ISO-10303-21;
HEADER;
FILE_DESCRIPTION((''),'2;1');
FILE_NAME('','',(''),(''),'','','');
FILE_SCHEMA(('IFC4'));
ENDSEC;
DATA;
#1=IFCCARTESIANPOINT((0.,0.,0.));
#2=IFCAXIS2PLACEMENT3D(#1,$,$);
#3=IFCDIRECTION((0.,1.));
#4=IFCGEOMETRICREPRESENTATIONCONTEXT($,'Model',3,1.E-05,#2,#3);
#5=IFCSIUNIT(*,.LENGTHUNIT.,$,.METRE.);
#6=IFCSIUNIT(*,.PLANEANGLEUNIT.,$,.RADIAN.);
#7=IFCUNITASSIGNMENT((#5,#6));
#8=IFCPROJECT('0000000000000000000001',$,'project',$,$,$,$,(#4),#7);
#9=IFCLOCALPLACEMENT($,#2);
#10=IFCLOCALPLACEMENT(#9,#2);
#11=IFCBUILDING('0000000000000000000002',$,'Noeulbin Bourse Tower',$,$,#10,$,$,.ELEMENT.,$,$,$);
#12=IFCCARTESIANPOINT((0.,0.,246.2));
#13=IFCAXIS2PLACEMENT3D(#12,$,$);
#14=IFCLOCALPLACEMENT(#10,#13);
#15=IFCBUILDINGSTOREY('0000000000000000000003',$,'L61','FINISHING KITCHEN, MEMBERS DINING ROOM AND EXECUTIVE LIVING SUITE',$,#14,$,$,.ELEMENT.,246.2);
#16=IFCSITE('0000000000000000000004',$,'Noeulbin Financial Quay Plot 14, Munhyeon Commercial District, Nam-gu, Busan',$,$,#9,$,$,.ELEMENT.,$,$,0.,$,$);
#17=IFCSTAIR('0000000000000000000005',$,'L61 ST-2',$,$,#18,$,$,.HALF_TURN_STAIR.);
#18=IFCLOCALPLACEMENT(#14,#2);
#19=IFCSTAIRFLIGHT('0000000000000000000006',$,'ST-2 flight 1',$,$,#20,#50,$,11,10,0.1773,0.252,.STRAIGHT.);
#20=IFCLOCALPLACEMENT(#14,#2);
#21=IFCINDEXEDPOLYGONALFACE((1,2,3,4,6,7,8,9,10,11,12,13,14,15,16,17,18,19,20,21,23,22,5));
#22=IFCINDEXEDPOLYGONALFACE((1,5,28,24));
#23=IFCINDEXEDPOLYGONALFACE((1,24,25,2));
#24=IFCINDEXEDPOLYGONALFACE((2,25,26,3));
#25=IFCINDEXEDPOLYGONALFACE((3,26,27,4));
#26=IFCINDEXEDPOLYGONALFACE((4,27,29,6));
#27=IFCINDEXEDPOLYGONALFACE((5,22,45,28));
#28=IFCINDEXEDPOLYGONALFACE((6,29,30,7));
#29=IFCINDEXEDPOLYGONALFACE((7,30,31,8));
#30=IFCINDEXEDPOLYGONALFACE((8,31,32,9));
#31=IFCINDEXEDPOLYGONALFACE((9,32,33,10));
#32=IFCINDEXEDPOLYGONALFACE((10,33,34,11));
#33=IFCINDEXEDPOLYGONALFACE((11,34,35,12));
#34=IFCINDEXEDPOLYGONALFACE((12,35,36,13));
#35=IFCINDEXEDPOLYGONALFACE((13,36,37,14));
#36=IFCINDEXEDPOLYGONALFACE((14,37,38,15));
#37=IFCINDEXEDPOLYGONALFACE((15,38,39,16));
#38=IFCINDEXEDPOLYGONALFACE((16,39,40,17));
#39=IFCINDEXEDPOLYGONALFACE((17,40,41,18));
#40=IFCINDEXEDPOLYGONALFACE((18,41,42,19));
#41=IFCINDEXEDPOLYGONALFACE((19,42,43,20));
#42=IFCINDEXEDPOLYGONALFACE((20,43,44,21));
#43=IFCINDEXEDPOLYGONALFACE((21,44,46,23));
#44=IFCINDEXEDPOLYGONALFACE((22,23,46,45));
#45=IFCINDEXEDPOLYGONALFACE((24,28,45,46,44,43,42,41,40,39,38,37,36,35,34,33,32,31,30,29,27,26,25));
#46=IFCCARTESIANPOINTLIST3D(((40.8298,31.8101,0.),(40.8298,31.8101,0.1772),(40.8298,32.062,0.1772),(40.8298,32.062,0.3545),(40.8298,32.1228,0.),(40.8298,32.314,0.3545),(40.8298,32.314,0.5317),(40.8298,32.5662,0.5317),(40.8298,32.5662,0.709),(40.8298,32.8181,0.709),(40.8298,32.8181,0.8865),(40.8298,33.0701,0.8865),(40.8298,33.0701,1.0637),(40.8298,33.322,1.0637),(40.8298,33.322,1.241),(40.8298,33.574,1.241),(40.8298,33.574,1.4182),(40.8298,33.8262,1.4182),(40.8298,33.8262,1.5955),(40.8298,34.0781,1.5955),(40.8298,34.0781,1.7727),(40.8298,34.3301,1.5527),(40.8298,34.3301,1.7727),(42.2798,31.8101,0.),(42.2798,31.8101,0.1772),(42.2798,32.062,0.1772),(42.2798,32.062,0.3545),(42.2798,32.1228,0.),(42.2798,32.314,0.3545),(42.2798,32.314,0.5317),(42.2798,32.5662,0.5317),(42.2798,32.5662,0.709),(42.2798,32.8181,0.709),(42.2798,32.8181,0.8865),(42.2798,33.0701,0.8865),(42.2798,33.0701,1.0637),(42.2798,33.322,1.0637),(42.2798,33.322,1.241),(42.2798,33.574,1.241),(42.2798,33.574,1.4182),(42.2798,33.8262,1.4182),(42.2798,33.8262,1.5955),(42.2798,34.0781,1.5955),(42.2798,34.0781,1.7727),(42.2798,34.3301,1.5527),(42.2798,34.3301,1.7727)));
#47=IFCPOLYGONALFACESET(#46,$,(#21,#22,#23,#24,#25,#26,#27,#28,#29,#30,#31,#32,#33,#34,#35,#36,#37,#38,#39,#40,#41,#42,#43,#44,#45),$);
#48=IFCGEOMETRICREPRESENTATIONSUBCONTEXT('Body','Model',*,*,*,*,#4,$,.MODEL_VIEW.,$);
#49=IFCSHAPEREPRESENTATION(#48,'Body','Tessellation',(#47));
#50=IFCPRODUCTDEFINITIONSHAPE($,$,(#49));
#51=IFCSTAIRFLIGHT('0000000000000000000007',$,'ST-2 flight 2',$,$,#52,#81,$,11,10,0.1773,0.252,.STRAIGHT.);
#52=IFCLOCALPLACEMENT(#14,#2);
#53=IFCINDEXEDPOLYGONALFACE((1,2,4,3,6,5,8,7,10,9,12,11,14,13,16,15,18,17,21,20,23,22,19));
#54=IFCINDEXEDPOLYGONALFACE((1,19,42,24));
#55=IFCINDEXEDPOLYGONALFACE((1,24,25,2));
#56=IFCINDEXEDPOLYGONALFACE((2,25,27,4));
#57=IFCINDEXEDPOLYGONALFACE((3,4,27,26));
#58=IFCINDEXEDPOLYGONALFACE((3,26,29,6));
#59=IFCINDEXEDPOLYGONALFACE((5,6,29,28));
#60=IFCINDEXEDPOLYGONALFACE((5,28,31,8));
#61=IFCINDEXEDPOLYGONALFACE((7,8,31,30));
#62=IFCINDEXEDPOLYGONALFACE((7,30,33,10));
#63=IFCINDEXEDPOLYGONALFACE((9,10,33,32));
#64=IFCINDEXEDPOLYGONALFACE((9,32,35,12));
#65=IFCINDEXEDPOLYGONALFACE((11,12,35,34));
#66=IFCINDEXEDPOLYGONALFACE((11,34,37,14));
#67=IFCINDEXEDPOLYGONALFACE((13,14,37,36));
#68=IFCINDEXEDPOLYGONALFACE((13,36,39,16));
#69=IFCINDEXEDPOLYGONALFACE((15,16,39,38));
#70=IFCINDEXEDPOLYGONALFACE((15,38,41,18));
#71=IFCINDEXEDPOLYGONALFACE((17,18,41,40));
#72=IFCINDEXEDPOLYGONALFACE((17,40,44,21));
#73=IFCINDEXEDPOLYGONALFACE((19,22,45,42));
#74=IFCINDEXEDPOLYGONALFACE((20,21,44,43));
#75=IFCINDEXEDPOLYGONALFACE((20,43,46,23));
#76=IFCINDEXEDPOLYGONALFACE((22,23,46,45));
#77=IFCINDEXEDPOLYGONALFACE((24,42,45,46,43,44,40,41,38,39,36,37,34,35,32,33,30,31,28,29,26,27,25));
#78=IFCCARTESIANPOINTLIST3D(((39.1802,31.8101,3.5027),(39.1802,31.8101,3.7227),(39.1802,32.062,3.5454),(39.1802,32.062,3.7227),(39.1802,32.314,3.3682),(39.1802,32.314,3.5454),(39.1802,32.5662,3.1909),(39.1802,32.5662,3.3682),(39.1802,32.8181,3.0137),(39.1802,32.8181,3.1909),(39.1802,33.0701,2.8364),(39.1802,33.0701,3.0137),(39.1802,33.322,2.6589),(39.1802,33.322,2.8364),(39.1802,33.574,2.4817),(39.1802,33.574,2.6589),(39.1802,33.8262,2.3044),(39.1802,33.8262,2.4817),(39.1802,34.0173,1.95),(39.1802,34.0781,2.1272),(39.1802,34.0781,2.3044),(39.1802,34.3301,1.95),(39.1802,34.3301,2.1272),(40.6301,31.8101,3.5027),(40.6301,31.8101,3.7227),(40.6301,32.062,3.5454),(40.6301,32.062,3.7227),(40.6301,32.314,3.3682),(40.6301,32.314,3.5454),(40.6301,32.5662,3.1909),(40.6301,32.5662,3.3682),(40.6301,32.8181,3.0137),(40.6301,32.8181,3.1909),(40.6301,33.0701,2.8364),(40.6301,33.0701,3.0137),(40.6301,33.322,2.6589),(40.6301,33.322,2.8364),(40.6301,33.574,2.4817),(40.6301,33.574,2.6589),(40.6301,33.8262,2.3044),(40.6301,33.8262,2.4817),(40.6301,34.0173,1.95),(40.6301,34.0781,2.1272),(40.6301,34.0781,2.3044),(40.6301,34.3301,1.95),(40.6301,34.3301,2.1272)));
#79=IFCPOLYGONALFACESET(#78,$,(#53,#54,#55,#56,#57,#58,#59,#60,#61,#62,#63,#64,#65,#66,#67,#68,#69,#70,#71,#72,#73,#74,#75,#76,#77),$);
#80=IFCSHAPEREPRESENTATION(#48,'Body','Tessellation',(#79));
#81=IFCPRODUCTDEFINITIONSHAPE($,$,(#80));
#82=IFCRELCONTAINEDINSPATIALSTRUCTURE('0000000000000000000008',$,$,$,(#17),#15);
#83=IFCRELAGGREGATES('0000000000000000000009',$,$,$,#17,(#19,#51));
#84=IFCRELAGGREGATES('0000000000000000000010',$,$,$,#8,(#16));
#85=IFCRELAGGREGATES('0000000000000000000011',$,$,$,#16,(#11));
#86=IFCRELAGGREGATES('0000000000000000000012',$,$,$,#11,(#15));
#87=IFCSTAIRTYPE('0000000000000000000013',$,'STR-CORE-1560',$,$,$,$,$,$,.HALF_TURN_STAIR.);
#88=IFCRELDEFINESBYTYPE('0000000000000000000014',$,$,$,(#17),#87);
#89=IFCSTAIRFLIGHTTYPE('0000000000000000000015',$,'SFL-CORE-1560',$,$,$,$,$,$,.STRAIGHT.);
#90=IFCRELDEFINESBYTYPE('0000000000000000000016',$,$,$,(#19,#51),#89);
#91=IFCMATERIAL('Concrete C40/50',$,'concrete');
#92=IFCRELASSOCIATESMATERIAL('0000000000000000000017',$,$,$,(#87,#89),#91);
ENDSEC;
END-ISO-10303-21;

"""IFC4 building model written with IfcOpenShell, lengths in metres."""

from ifc_helpers import new_model, si_unit, direction, frame, origin, place, context, subcontext, project, spatial, polyline, outline, extrude, material, type_object, element, aggregate, save


model = new_model("IFC4")

# Units and contexts
model_context = context("Model", 3, precision=1e-05, world=origin(), true_north=direction((0.0, 1.0)))
body_context = subcontext(model_context, "Body", "Model", "MODEL_VIEW")
ifc_project = project(units=[si_unit("LENGTHUNIT", "METRE"), si_unit("PLANEANGLEUNIT", "RADIAN")], contexts=[model_context])

# Site, building, storey
site_placement = place(None, origin())
site = spatial("IfcSite", under=ifc_project, at=site_placement, Name="Noeulbin Financial Quay Plot 14, Munhyeon Commercial District, Nam-gu, Busan", CompositionType="ELEMENT", RefElevation=0.0)
building_placement = place(site_placement, origin())
building = spatial("IfcBuilding", under=site, at=building_placement, Name="Noeulbin Bourse Tower", CompositionType="ELEMENT")
storey_placement = place(building_placement, frame((0.0, 0.0, 246.2)))
storey = spatial("IfcBuildingStorey", under=building, at=storey_placement, Name="L61", Description="FINISHING KITCHEN, MEMBERS DINING ROOM AND EXECUTIVE LIVING SUITE", CompositionType="ELEMENT", Elevation=246.2)

# Shared definitions
ifc_material_1 = material(Name="Concrete C40/50", Category="concrete")

# Stair, stair flights
stair_type = type_object("IfcStairType", Name="STR-CORE-1560", PredefinedType="HALF_TURN_STAIR", material=ifc_material_1)
stair_placement = place(storey_placement, origin())
stair = element("IfcStair", 1, at=stair_placement, inside=storey, type_object=stair_type, Name="L61 ST-2", PredefinedType="HALF_TURN_STAIR")
stair_flight_type = type_object("IfcStairFlightType", Name="SFL-CORE-1560", PredefinedType="STRAIGHT", material=ifc_material_1)
stair_flight_1_placement = place(storey_placement, frame((41.5549, 31.8101, 0.0), z_axis=(0.0, 0.0, 1.0), x_axis=(0.0, 1.0, 0.0)))
stair_flight_1 = element("IfcStairFlight", 2, at=stair_flight_1_placement, type_object=stair_flight_type, Name="ST-2 flight 1", NumberOfRisers=11, NumberOfTreads=10, PredefinedType="STRAIGHT", RiserHeight=0.1773, TreadLength=0.252, context=body_context, shape_type="SweptSolid", body=[
    extrude(outline(polyline([(0.0, 0.0), (0.0, 0.1772), (0.252, 0.1772), (0.252, 0.3545), (0.5039, 0.3545), (0.5039, 0.5317), (0.7561, 0.5317), (0.7561, 0.709), (1.0081, 0.709), (1.0081, 0.8865), (1.26, 0.8865), (1.26, 1.0637), (1.512, 1.0637), (1.512, 1.241), (1.7639, 1.241), (1.7639, 1.4182), (2.0161, 1.4182), (2.0161, 1.5955), (2.2681, 1.5955), (2.2681, 1.7727), (2.52, 1.7727), (2.52, 1.95), (2.52, 1.5527), (0.3127, 0.0), (0.0, 0.0)])), frame((0.0, 0.7251, 0.0), z_axis=(0.0, -1.0, 0.0), x_axis=(1.0, 0.0, 0.0)), (0.0, 0.0, 1.0), 1.45),
])
stair_flight_2_placement = place(storey_placement, frame((39.905, 34.3301, 1.95), z_axis=(0.0, 0.0, 1.0), x_axis=(0.0, -1.0, 0.0)))
stair_flight_2 = element("IfcStairFlight", 3, at=stair_flight_2_placement, type_object=stair_flight_type, Name="ST-2 flight 2", NumberOfRisers=11, NumberOfTreads=10, PredefinedType="STRAIGHT", RiserHeight=0.1773, TreadLength=0.252, context=body_context, shape_type="SweptSolid", body=[
    extrude(outline(polyline([(0.0, 0.0), (0.0, 0.1772), (0.252, 0.1772), (0.252, 0.3545), (0.5039, 0.3545), (0.5039, 0.5317), (0.7561, 0.5317), (0.7561, 0.709), (1.0081, 0.709), (1.0081, 0.8865), (1.26, 0.8865), (1.26, 1.0637), (1.512, 1.0637), (1.512, 1.241), (1.7639, 1.241), (1.7639, 1.4182), (2.0161, 1.4182), (2.0161, 1.5955), (2.2681, 1.5955), (2.2681, 1.7727), (2.52, 1.7727), (2.52, 1.95), (2.52, 1.5527), (0.3127, 0.0), (0.0, 0.0)])), frame((0.0, 0.7251, 0.0), z_axis=(0.0, -1.0, 0.0), x_axis=(1.0, 0.0, 0.0)), (0.0, 0.0, 1.0), 1.45),
])
aggregate(stair, [stair_flight_1, stair_flight_2])

save(model, "model.ifc")
